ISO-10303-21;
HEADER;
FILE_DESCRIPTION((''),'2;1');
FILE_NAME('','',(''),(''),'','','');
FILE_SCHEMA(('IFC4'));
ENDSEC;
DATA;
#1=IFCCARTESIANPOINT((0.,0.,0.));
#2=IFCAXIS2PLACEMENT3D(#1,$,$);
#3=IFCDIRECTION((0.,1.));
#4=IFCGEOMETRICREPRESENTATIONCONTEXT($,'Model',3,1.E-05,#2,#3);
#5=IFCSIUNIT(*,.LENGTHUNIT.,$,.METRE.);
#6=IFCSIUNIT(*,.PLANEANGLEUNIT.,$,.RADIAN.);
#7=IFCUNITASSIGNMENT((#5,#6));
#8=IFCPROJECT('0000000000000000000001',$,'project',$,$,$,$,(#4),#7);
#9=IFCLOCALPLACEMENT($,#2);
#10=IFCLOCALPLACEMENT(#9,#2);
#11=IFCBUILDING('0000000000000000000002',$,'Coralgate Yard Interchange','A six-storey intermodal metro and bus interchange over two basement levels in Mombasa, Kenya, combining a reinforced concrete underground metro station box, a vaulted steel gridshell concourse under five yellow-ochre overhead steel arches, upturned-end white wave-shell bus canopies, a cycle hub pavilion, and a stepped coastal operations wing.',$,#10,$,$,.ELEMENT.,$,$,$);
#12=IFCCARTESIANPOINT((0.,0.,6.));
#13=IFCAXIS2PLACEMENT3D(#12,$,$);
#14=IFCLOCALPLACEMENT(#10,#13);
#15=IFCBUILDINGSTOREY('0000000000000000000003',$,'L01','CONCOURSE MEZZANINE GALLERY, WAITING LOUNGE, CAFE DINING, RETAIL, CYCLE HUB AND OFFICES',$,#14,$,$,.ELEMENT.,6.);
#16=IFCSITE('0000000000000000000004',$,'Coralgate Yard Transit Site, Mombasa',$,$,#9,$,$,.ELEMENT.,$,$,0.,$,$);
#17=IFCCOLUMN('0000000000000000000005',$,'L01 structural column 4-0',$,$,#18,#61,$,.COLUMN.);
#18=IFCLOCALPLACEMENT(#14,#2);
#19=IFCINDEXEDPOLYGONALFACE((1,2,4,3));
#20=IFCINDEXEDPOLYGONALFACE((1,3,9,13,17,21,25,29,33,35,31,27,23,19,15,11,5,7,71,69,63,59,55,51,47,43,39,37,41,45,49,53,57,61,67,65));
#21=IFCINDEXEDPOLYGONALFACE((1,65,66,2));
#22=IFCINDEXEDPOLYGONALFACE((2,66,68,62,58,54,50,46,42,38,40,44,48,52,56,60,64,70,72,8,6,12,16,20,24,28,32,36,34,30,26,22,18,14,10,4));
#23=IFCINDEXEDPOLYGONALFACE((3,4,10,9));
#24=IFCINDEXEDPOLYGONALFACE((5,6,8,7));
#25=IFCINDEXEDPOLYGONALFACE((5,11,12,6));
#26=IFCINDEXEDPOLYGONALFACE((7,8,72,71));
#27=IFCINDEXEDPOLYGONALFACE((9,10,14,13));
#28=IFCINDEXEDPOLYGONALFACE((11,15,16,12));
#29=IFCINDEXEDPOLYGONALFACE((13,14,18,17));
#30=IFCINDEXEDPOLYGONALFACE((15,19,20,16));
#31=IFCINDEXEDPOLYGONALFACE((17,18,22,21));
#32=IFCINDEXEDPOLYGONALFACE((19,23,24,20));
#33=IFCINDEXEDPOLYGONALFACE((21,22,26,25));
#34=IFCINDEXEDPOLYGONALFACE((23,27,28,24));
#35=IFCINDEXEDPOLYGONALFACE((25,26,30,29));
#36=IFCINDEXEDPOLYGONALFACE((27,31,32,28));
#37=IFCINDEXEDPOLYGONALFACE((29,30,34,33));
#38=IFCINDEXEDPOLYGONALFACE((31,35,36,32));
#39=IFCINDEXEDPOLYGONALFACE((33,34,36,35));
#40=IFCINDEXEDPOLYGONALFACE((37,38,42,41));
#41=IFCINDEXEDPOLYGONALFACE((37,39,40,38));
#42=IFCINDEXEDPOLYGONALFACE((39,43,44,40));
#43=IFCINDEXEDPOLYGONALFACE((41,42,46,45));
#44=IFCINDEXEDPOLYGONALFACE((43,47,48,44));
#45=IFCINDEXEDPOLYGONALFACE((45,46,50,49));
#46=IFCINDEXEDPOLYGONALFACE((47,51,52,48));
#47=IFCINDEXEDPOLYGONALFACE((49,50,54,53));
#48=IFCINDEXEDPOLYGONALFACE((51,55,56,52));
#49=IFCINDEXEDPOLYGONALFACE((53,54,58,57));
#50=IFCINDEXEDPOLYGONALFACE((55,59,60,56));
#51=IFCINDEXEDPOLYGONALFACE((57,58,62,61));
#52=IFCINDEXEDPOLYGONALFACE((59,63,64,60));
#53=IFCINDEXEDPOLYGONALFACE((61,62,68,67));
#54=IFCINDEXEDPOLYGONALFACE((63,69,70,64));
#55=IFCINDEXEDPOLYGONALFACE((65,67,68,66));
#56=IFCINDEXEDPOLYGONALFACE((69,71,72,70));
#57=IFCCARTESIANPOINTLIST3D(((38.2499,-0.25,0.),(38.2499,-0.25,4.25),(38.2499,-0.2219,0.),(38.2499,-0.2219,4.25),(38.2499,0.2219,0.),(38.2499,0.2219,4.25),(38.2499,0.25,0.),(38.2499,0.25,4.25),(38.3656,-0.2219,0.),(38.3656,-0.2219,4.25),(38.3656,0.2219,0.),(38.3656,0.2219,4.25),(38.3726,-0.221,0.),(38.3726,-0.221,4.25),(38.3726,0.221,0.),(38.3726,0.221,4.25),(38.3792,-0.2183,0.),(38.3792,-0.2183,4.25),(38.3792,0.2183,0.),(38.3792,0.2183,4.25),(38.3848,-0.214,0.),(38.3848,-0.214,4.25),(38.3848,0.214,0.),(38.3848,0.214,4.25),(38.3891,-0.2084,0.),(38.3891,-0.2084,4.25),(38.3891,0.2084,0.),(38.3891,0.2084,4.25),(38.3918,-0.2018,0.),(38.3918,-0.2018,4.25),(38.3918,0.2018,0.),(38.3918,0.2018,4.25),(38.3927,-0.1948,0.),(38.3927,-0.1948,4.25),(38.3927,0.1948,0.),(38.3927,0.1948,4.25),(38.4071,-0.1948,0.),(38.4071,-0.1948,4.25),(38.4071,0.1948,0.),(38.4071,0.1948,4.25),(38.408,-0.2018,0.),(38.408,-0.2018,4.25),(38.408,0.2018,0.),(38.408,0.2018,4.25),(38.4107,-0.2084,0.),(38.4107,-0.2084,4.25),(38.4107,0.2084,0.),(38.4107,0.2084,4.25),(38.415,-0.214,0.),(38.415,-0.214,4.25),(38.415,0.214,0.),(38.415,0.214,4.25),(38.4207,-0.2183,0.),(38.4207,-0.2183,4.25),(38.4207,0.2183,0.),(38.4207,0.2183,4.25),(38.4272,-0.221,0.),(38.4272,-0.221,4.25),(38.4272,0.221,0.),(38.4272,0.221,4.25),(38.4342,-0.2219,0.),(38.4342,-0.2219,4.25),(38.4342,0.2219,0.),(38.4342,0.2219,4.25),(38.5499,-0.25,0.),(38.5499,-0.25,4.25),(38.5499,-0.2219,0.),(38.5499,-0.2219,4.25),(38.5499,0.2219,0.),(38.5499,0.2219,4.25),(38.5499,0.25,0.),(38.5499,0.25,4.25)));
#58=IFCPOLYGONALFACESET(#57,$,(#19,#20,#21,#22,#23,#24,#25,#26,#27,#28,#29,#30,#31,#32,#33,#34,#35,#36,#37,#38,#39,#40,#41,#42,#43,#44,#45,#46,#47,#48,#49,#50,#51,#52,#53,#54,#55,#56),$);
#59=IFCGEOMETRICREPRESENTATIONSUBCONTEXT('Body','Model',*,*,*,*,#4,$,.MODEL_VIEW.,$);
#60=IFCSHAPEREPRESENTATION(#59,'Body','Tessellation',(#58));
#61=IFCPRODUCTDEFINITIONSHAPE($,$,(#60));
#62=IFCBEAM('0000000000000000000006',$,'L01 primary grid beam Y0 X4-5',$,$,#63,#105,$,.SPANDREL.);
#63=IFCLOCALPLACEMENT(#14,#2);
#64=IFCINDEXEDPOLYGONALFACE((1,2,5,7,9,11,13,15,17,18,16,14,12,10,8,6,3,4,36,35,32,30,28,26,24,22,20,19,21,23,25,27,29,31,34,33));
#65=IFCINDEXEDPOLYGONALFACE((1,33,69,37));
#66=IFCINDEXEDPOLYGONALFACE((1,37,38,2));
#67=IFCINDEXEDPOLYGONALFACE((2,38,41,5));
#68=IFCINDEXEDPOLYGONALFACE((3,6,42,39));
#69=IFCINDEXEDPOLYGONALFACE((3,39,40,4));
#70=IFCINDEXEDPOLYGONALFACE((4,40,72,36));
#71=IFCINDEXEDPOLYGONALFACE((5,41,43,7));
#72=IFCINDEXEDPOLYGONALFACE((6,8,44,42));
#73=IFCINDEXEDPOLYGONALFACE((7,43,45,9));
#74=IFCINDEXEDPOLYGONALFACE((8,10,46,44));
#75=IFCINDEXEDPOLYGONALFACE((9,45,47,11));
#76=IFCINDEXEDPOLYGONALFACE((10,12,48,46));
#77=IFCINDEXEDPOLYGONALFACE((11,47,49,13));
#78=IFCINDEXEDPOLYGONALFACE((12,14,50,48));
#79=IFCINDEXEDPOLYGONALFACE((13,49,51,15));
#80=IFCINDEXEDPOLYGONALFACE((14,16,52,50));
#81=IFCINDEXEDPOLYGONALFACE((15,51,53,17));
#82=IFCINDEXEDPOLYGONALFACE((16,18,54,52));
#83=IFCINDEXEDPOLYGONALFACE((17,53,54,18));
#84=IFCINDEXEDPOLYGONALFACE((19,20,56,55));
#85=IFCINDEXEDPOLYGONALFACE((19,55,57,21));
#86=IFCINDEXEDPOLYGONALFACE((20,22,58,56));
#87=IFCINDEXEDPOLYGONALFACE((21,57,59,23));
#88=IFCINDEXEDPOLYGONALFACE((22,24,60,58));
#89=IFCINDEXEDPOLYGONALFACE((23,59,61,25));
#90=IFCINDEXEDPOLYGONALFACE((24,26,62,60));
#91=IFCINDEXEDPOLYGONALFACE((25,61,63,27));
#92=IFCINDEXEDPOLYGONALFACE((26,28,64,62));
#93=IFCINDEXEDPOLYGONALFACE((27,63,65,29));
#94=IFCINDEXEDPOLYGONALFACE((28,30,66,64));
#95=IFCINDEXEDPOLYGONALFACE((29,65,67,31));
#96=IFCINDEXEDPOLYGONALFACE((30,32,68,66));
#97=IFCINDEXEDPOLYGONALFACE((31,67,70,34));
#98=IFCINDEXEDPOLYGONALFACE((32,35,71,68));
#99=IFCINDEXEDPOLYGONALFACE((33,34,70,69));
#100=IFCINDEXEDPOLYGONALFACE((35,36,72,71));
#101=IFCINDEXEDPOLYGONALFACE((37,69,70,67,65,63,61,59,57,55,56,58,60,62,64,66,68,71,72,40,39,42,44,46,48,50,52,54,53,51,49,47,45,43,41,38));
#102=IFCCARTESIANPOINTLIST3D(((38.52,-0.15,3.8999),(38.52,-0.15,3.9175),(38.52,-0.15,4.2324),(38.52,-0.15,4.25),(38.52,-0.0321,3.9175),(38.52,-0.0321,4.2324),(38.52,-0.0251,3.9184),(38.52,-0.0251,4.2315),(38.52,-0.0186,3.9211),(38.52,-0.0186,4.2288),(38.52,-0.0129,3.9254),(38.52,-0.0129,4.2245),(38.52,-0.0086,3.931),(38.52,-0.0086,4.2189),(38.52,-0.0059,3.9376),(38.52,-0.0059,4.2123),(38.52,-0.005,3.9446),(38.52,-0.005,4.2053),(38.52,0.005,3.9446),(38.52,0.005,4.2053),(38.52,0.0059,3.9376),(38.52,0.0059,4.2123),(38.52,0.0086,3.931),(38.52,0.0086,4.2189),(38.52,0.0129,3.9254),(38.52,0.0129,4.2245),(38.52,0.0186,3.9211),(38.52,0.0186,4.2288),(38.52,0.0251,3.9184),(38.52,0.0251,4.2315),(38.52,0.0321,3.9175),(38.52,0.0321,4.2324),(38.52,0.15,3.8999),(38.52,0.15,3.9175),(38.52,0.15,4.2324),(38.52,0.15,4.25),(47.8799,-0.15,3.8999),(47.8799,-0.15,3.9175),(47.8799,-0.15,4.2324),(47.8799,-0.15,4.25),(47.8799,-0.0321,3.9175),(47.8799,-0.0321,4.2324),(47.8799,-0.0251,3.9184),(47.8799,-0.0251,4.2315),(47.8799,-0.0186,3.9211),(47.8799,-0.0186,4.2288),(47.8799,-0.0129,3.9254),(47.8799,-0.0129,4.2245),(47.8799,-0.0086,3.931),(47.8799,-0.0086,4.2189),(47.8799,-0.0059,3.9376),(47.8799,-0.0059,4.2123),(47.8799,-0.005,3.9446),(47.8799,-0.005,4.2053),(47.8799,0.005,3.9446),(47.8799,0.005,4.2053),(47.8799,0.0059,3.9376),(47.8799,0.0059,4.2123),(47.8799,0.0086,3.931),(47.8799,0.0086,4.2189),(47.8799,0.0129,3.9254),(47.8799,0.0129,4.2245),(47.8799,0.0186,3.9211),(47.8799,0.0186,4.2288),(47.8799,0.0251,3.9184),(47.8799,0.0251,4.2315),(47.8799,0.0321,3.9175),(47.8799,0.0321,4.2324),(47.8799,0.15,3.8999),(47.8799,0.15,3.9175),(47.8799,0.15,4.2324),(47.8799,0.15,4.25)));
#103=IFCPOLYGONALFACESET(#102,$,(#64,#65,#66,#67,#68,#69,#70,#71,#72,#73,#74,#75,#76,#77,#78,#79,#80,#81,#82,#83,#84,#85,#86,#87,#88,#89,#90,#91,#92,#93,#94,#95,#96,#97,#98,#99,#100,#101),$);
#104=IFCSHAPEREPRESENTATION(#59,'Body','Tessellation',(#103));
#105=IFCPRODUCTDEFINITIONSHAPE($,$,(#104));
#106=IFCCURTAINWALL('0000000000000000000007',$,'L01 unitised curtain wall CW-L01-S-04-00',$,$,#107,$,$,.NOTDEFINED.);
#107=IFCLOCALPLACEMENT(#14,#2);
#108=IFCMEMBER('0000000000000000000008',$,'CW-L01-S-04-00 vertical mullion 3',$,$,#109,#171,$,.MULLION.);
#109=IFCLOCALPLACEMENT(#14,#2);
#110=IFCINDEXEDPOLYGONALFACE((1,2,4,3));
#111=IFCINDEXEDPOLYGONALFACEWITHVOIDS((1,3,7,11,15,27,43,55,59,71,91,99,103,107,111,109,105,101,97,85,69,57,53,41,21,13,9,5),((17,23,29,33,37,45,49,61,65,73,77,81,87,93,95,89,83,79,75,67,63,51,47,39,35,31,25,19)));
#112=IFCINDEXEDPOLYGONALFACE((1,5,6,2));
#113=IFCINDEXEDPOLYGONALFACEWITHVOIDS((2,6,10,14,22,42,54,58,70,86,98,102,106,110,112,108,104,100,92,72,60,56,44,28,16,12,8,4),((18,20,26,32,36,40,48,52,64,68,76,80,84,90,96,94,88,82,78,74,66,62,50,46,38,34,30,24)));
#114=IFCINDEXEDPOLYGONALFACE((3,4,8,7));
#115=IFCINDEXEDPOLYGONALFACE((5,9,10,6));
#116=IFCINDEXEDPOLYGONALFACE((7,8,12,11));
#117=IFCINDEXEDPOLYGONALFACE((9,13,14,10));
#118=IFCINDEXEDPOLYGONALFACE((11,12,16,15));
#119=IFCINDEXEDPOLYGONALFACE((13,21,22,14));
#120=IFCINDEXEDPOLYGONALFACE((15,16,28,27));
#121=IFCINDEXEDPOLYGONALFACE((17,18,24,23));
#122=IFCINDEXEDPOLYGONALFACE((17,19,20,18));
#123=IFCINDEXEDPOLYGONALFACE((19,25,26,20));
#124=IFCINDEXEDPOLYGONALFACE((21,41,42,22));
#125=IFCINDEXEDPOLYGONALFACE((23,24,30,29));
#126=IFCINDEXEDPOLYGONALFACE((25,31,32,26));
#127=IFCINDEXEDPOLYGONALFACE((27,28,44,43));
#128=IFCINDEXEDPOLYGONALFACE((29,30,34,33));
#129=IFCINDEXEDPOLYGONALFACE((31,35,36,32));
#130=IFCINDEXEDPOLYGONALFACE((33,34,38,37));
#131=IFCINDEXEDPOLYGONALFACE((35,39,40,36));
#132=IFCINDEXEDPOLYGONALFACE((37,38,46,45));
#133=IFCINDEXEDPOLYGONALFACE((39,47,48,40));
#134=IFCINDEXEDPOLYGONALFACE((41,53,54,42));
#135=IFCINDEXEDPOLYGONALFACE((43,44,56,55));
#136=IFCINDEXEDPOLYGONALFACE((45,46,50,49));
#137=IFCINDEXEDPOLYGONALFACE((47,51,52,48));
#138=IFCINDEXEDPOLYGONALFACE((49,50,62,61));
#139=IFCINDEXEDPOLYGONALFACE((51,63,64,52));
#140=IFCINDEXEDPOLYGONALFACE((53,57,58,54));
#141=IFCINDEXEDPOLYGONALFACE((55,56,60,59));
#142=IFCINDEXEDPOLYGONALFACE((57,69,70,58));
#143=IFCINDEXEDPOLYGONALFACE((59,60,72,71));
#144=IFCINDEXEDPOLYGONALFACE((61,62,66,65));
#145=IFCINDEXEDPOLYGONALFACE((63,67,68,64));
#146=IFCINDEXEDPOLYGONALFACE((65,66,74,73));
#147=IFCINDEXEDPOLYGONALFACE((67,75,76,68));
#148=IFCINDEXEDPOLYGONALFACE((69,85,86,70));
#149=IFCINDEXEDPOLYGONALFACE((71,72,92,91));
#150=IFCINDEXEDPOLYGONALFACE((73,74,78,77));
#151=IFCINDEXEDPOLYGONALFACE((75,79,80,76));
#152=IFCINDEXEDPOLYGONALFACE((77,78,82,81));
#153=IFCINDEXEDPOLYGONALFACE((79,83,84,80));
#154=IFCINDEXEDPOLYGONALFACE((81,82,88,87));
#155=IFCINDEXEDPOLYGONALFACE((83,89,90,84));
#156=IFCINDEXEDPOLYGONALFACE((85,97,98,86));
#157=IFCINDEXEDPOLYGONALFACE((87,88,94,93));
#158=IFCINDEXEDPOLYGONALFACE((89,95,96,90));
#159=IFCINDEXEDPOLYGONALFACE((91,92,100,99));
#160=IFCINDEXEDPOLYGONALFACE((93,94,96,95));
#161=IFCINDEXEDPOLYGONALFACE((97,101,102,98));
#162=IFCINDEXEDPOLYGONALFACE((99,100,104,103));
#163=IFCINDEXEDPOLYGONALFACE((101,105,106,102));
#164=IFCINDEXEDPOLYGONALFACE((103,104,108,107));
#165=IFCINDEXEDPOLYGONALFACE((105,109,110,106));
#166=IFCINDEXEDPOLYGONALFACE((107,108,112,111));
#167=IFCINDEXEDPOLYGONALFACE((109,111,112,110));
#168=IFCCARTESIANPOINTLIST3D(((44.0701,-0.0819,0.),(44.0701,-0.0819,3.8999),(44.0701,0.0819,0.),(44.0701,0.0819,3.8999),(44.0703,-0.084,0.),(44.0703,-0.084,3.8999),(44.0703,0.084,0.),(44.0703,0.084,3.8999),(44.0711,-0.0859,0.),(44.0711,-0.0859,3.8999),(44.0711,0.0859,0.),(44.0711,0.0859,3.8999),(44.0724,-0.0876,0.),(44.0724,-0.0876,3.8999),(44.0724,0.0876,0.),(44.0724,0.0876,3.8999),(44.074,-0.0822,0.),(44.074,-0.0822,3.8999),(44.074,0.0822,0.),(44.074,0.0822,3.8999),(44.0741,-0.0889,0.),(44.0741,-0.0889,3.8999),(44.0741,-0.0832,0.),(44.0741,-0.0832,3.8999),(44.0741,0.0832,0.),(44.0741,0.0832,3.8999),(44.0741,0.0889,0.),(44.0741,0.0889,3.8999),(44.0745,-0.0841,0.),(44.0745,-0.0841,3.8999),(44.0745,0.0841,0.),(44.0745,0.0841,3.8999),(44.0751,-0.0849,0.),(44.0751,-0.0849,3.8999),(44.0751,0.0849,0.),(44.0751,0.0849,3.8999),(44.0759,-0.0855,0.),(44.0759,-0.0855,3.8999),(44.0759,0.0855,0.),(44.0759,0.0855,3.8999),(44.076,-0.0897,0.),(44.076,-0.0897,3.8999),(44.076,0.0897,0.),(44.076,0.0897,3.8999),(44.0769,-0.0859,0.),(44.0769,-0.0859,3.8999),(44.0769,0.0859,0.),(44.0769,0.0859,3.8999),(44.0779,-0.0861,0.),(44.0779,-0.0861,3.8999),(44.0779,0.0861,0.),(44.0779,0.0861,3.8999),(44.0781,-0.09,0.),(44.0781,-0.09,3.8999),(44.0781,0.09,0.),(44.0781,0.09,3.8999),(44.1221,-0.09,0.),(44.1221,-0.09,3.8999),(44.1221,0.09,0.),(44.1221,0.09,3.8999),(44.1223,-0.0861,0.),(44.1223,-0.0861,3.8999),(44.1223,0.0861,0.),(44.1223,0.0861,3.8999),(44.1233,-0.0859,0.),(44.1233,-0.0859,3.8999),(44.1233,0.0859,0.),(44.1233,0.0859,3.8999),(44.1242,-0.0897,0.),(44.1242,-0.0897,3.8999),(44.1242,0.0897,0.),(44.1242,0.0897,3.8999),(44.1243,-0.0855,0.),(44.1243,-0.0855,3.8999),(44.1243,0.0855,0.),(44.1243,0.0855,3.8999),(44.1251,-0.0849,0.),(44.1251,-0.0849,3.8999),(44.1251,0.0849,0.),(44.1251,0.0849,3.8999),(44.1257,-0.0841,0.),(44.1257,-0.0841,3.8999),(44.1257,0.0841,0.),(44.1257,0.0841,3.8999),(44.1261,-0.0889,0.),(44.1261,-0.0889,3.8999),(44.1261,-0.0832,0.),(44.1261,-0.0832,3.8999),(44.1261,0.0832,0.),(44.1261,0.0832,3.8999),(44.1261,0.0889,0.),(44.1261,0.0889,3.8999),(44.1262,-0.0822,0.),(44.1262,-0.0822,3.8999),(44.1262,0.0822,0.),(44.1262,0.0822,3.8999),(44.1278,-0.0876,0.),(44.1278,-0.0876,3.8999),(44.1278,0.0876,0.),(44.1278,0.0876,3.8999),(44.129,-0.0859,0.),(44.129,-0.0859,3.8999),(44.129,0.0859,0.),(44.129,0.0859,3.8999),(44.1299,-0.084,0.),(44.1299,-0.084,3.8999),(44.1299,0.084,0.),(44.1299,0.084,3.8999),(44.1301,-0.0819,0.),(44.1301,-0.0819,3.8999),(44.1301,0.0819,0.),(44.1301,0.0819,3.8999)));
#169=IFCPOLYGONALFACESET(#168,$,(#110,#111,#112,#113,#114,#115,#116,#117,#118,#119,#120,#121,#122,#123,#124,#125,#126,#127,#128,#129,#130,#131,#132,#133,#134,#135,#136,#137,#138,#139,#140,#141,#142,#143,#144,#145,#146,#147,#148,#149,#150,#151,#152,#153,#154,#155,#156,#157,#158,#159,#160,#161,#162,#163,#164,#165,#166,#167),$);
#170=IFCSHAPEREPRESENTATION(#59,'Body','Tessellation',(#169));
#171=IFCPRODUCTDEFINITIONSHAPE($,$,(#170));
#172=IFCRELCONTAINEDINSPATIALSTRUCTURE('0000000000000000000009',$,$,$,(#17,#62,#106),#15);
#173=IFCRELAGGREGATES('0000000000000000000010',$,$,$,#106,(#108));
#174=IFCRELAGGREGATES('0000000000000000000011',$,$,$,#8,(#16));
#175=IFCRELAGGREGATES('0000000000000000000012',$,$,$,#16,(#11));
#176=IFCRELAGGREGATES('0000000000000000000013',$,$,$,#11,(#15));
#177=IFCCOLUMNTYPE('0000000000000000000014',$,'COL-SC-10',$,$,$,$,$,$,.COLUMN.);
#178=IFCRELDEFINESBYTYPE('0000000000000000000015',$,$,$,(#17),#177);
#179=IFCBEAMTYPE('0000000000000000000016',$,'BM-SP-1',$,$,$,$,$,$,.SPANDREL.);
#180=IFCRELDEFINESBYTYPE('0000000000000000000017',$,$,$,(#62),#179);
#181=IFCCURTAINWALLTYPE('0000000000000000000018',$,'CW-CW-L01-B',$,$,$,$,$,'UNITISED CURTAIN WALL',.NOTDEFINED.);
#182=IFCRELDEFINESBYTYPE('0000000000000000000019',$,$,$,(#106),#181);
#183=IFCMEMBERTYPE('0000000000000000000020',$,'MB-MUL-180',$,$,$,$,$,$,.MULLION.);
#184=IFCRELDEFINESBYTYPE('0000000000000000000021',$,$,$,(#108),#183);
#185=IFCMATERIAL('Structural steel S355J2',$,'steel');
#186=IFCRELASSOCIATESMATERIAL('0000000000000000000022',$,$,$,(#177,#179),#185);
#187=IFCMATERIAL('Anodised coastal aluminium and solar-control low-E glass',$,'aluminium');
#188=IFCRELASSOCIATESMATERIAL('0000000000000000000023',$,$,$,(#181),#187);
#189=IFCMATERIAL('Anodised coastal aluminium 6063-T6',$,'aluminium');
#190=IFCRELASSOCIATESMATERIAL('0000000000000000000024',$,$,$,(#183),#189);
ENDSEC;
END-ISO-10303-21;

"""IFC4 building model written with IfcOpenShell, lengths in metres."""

from ifc_helpers import new_model, si_unit, direction, frame, origin, origin_2d, place, context, subcontext, project, spatial, hollow_rectangle, i_section, extrude, material, material_profile, profile_set, type_object, element, aggregate, save


model = new_model("IFC4")

# Units and contexts
model_context = context("Model", 3, precision=1e-05, world=origin(), true_north=direction((0.0, 1.0)))
body_context = subcontext(model_context, "Body", "Model", "MODEL_VIEW")
ifc_project = project(units=[si_unit("LENGTHUNIT", "METRE"), si_unit("PLANEANGLEUNIT", "RADIAN")], contexts=[model_context])

# Site, building, storey
site_placement = place(None, origin())
site = spatial("IfcSite", under=ifc_project, at=site_placement, Name="Coralgate Yard Transit Site, Mombasa", CompositionType="ELEMENT", RefElevation=0.0)
building_placement = place(site_placement, origin())
building = spatial("IfcBuilding", under=site, at=building_placement, Name="Coralgate Yard Interchange", Description="A six-storey intermodal metro and bus interchange over two basement levels in Mombasa, Kenya, combining a reinforced concrete underground metro station box, a vaulted steel gridshell concourse under five yellow-ochre overhead steel arches, upturned-end white wave-shell bus canopies, a cycle hub pavilion, and a stepped coastal operations wing.", CompositionType="ELEMENT")
storey_placement = place(building_placement, frame((0.0, 0.0, 6.0)))
storey = spatial("IfcBuildingStorey", under=building, at=storey_placement, Name="L01", Description="CONCOURSE MEZZANINE GALLERY, WAITING LOUNGE, CAFE DINING, RETAIL, CYCLE HUB AND OFFICES", CompositionType="ELEMENT", Elevation=6.0)

# Column
ifc_material_1 = material(Name="Structural steel S355J2", Category="steel")
ifc_material_profile_1 = material_profile(ifc_material_1, i_section(OverallWidth=0.3, OverallDepth=0.5, WebThickness=0.0144, FlangeThickness=0.0281, FilletRadius=0.0271, at=origin_2d()), Name="HEB 500")
ifc_profile_set_1 = profile_set([ifc_material_profile_1], Name="Structural steel S355J2")
column_type = type_object("IfcColumnType", Name="COL-SC-10", PredefinedType="COLUMN", material=ifc_profile_set_1)
column_placement = place(storey_placement, frame((38.3999, 0.0, 0.0), z_axis=(0.0, 0.0, 1.0), x_axis=(1.0, 0.0, 0.0)))
element("IfcColumn", 1, at=column_placement, inside=storey, type_object=column_type, Name="L01 structural column 4-0", PredefinedType="COLUMN", context=body_context, shape_type="SweptSolid", body=[
    extrude(i_section(OverallWidth=0.3, OverallDepth=0.5, WebThickness=0.0144, FlangeThickness=0.0281, FilletRadius=0.0271, at=origin_2d()), origin(), (0.0, 0.0, 1.0), 4.25),
])

# Beam
ifc_material_profile_2 = material_profile(ifc_material_1, i_section(OverallWidth=0.3, OverallDepth=0.3501, WebThickness=0.01, FlangeThickness=0.0176, FilletRadius=0.0271, at=origin_2d()), Name="HEA 360")
ifc_profile_set_2 = profile_set([ifc_material_profile_2], Name="Structural steel S355J2")
beam_type = type_object("IfcBeamType", Name="BM-SP-1", PredefinedType="SPANDREL", material=ifc_profile_set_2)
beam_placement = place(storey_placement, frame((38.52, 0.0, 4.075), z_axis=(1.0, 0.0, 0.0), x_axis=(0.0, 1.0, 0.0)))
element("IfcBeam", 2, at=beam_placement, inside=storey, type_object=beam_type, Name="L01 primary grid beam Y0 X4-5", PredefinedType="SPANDREL", context=body_context, shape_type="SweptSolid", body=[
    extrude(i_section(OverallWidth=0.3, OverallDepth=0.3501, WebThickness=0.01, FlangeThickness=0.0176, FilletRadius=0.0271, at=origin_2d()), origin(), (0.0, 0.0, 1.0), 9.3599),
])

# Curtain wall, member
ifc_material_2 = material(Name="Anodised coastal aluminium and solar-control low-E glass", Category="aluminium")
curtain_wall_type = type_object("IfcCurtainWallType", Name="CW-CW-L01-B", ElementType="UNITISED CURTAIN WALL", PredefinedType="NOTDEFINED", material=ifc_material_2)
curtain_wall_placement = place(storey_placement, origin())
curtain_wall = element("IfcCurtainWall", 3, at=curtain_wall_placement, inside=storey, type_object=curtain_wall_type, Name="L01 unitised curtain wall CW-L01-S-04-00", PredefinedType="NOTDEFINED")
ifc_material_3 = material(Name="Anodised coastal aluminium 6063-T6", Category="aluminium")
ifc_material_profile_3 = material_profile(ifc_material_3, hollow_rectangle(XDim=0.0601, YDim=0.1799, WallThickness=0.0039, InnerFilletRadius=0.0039, OuterFilletRadius=0.0081, at=origin_2d()), Name="ALU 60x180x4")
ifc_profile_set_3 = profile_set([ifc_material_profile_3], Name="Anodised coastal aluminium 6063-T6")
member_type_1 = type_object("IfcMemberType", Name="MB-MUL-180", PredefinedType="MULLION", material=ifc_profile_set_3)
member_1_placement = place(storey_placement, frame((44.1001, 0.0, 0.0), z_axis=(0.0, 0.0, 1.0), x_axis=(1.0, 0.0, 0.0)))
member_1 = element("IfcMember", 4, at=member_1_placement, type_object=member_type_1, Name="CW-L01-S-04-00 vertical mullion 3", PredefinedType="MULLION", context=body_context, shape_type="SweptSolid", body=[
    extrude(hollow_rectangle(XDim=0.0601, YDim=0.1799, WallThickness=0.0039, InnerFilletRadius=0.0039, OuterFilletRadius=0.0081, at=origin_2d()), origin(), (0.0, 0.0, 1.0), 3.8999),
])
aggregate(curtain_wall, [member_1])

save(model, "model.ifc")
